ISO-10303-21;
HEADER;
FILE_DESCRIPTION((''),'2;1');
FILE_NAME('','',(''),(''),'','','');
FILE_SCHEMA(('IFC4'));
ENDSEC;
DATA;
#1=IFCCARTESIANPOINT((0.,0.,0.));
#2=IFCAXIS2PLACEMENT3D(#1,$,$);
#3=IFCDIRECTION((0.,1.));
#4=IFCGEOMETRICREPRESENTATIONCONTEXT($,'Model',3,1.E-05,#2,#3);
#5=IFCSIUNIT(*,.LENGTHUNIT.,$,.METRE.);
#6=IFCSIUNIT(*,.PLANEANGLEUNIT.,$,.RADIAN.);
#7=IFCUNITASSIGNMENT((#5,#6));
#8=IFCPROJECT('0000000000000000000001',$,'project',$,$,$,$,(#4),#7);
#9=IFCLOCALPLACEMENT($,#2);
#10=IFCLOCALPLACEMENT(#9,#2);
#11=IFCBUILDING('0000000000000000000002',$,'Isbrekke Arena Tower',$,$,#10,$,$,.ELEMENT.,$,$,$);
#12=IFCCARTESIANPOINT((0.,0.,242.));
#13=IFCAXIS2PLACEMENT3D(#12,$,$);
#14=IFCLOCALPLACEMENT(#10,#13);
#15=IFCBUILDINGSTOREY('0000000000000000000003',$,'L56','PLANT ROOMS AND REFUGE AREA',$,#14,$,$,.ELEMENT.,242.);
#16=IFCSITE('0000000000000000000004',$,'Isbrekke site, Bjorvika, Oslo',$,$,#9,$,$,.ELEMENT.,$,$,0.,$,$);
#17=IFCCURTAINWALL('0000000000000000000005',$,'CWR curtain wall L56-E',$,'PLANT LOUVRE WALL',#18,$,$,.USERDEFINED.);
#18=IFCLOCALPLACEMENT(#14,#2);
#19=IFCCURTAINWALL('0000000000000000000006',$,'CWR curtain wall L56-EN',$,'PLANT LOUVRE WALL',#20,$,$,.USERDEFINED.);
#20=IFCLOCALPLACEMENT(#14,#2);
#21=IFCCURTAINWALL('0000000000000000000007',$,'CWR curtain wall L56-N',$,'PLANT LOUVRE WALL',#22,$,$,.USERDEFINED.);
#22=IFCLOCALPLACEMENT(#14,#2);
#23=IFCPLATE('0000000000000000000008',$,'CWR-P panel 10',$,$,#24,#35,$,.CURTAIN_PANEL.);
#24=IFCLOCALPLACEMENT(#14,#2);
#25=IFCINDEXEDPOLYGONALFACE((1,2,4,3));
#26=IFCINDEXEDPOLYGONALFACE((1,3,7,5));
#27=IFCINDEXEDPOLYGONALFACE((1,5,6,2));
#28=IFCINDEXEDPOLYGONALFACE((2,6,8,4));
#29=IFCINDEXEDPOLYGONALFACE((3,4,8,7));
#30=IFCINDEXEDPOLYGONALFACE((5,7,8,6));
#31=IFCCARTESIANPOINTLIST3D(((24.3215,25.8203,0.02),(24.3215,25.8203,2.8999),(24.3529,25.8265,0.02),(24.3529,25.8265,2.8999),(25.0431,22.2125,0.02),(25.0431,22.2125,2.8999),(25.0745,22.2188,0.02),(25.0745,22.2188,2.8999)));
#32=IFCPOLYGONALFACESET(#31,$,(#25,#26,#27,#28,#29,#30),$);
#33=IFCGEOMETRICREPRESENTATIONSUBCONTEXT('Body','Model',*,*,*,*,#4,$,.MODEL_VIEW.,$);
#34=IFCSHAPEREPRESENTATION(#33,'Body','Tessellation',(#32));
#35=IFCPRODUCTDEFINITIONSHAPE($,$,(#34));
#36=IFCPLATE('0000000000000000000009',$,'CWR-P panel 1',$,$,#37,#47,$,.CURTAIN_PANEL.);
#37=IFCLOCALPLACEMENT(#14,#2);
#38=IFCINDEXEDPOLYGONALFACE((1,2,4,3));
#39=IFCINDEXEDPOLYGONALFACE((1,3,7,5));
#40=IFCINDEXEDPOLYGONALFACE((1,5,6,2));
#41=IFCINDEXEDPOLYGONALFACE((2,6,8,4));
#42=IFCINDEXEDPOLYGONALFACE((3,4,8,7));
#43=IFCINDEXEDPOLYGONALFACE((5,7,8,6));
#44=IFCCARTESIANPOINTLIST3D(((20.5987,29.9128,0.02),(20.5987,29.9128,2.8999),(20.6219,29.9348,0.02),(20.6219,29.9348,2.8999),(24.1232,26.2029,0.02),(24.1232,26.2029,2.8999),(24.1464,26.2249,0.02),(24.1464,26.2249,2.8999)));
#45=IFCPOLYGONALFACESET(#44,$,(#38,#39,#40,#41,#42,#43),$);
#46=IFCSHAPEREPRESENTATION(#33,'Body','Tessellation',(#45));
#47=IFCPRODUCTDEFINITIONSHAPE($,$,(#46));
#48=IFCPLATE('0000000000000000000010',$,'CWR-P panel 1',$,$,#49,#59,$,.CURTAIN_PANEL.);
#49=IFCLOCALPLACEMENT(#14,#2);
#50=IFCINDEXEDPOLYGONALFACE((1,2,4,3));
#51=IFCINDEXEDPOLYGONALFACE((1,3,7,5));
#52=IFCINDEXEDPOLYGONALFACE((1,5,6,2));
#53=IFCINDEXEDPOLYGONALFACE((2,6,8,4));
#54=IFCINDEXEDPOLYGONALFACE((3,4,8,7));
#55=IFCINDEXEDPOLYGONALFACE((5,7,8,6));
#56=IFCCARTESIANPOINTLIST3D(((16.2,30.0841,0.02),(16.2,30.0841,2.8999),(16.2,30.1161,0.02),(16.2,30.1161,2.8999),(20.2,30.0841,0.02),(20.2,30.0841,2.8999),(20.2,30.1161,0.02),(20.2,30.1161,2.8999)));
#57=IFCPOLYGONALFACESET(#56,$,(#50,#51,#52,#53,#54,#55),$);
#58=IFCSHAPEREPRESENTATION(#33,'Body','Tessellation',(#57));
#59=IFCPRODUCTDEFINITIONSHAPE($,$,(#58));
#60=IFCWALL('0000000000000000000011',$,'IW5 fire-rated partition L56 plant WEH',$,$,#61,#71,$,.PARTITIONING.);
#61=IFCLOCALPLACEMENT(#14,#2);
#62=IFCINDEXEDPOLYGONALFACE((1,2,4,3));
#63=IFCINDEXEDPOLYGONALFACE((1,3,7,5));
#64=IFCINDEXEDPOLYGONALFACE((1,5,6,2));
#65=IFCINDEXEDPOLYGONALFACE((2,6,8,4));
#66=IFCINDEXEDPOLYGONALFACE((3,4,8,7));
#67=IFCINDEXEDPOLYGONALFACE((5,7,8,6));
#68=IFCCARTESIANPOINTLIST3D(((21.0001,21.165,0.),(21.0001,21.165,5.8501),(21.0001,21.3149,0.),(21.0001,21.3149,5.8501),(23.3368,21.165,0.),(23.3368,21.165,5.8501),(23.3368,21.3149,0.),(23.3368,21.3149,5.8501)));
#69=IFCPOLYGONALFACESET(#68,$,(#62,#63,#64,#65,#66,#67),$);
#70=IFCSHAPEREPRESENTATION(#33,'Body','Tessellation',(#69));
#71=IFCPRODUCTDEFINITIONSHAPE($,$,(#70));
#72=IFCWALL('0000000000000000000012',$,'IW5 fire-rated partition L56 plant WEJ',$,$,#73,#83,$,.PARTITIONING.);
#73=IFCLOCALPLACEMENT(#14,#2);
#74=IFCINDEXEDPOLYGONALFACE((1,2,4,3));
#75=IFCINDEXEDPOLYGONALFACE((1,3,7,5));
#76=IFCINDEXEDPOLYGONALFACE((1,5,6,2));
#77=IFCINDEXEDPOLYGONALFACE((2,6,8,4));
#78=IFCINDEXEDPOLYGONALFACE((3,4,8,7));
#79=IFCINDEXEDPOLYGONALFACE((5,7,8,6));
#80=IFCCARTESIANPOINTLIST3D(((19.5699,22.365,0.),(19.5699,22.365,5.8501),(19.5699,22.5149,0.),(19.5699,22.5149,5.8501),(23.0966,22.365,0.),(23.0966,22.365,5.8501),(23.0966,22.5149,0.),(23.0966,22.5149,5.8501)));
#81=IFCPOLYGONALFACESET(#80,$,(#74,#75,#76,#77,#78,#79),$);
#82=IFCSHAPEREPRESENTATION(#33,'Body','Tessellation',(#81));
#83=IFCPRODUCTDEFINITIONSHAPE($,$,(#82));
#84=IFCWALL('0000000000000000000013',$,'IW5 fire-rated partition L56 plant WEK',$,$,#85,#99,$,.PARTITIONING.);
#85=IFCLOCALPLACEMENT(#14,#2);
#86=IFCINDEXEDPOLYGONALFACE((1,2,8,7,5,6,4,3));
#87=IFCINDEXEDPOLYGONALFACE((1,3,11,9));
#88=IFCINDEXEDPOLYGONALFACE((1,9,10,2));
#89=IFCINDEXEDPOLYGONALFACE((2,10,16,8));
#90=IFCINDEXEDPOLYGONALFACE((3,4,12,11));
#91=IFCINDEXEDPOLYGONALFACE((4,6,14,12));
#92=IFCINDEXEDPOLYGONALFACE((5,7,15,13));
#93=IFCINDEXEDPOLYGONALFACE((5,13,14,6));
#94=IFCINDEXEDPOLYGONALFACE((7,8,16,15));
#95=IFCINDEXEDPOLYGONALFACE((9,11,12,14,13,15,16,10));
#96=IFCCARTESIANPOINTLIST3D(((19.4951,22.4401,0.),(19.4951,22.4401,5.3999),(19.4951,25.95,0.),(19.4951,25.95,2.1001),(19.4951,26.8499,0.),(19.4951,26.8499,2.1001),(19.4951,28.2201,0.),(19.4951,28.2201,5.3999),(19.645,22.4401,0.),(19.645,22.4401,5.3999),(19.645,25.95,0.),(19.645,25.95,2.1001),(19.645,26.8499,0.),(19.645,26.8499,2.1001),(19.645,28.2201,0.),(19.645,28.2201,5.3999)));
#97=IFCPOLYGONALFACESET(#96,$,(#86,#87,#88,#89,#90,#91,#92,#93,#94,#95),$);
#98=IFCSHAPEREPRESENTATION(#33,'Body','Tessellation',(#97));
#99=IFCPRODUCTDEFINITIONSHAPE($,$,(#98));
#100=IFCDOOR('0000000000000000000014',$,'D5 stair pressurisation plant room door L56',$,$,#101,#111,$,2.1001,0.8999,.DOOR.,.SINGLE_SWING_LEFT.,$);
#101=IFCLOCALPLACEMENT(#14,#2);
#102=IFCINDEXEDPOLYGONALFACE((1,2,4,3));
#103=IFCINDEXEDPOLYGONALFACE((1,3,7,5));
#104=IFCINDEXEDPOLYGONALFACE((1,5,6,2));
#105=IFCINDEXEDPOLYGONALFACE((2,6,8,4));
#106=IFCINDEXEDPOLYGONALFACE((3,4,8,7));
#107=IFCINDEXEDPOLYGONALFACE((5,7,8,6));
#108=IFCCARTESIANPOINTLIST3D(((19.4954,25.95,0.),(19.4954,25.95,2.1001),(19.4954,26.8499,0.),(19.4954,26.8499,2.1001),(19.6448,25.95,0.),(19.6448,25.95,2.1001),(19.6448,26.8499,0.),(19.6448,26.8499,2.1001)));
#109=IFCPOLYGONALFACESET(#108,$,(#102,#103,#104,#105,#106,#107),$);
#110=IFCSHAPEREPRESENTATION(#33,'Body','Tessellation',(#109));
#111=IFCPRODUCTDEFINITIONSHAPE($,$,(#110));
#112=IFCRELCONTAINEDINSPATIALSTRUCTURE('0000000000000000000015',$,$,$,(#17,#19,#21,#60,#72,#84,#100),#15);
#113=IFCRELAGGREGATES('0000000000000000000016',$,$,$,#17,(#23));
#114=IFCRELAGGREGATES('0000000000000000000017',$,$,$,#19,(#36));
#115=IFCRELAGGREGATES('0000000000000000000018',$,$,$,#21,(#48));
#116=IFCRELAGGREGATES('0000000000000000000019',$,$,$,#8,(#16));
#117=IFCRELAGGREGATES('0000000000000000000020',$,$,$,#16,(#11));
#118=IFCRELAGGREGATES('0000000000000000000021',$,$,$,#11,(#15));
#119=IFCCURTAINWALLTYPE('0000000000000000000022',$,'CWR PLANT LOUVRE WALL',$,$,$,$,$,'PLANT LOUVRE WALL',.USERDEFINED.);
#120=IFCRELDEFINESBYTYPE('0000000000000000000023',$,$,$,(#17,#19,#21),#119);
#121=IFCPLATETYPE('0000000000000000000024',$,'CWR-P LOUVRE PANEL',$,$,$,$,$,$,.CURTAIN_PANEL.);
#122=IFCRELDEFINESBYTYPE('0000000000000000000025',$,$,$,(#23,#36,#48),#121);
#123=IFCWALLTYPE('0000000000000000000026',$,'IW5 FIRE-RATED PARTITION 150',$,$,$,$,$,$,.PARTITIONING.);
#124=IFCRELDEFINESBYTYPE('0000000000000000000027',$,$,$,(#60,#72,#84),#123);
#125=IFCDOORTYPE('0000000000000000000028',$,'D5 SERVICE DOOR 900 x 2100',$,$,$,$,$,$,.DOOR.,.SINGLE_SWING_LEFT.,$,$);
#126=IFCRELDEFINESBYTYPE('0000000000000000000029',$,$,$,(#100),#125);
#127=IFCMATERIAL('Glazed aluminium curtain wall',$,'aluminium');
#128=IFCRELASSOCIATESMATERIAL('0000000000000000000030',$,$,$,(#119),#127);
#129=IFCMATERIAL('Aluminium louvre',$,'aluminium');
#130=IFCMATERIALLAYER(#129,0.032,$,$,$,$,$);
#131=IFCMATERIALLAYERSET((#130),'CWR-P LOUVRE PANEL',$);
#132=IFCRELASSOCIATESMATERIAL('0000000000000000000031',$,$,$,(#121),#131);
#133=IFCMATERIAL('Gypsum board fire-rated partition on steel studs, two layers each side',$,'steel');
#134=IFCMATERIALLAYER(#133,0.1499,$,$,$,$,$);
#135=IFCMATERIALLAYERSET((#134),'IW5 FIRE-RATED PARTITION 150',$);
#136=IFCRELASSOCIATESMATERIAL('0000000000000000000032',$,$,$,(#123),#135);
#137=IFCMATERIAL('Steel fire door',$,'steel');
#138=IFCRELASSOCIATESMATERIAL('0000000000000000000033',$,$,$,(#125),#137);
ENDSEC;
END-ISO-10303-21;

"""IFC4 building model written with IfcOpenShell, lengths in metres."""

from ifc_helpers import new_model, si_unit, direction, frame, frame_2d, origin, origin_2d, place, context, subcontext, project, spatial, rectangle, extrude, material, layer, layer_set, type_object, element, fill, aggregate, save


model = new_model("IFC4")

# Units and contexts
model_context = context("Model", 3, precision=1e-05, world=origin(), true_north=direction((0.0, 1.0)))
body_context = subcontext(model_context, "Body", "Model", "MODEL_VIEW")
ifc_project = project(units=[si_unit("LENGTHUNIT", "METRE"), si_unit("PLANEANGLEUNIT", "RADIAN")], contexts=[model_context])

# Site, building, storey
site_placement = place(None, origin())
site = spatial("IfcSite", under=ifc_project, at=site_placement, Name="Isbrekke site, Bjorvika, Oslo", CompositionType="ELEMENT", RefElevation=0.0)
building_placement = place(site_placement, origin())
building = spatial("IfcBuilding", under=site, at=building_placement, Name="Isbrekke Arena Tower", CompositionType="ELEMENT")
storey_placement = place(building_placement, frame((0.0, 0.0, 242.0)))
storey = spatial("IfcBuildingStorey", under=building, at=storey_placement, Name="L56", Description="PLANT ROOMS AND REFUGE AREA", CompositionType="ELEMENT", Elevation=242.0)

# Curtain wall
ifc_material_1 = material(Name="Glazed aluminium curtain wall", Category="aluminium")
curtain_wall_type = type_object("IfcCurtainWallType", Name="CWR PLANT LOUVRE WALL", ElementType="PLANT LOUVRE WALL", PredefinedType="USERDEFINED", material=ifc_material_1)
curtain_wall_1_placement = place(storey_placement, origin())
curtain_wall_1 = element("IfcCurtainWall", 1, at=curtain_wall_1_placement, inside=storey, type_object=curtain_wall_type, Name="CWR curtain wall L56-E", ObjectType="PLANT LOUVRE WALL", PredefinedType="USERDEFINED")

# Curtain walls
curtain_wall_2_placement = place(storey_placement, origin())
curtain_wall_2 = element("IfcCurtainWall", 2, at=curtain_wall_2_placement, inside=storey, type_object=curtain_wall_type, Name="CWR curtain wall L56-EN", ObjectType="PLANT LOUVRE WALL", PredefinedType="USERDEFINED")
curtain_wall_3_placement = place(storey_placement, origin())
curtain_wall_3 = element("IfcCurtainWall", 3, at=curtain_wall_3_placement, inside=storey, type_object=curtain_wall_type, Name="CWR curtain wall L56-N", ObjectType="PLANT LOUVRE WALL", PredefinedType="USERDEFINED")

# Plates
ifc_material_2 = material(Name="Aluminium louvre", Category="aluminium")
ifc_layer_1 = layer(ifc_material_2, 0.032)
ifc_layer_set_1 = layer_set([ifc_layer_1], Name="CWR-P LOUVRE PANEL")
plate_type = type_object("IfcPlateType", Name="CWR-P LOUVRE PANEL", PredefinedType="CURTAIN_PANEL", material=ifc_layer_set_1)
plate_1_placement = place(storey_placement, frame((24.698, 24.0195, 0.02), z_axis=(0.0, 0.0, 1.0), x_axis=(-0.196116, 0.980581, 0.0)))
plate_1 = element("IfcPlate", 4, at=plate_1_placement, type_object=plate_type, Name="CWR-P panel 10", PredefinedType="CURTAIN_PANEL", context=body_context, shape_type="SweptSolid", body=[
    extrude(rectangle(XDim=3.6792, YDim=0.032, at=origin_2d()), origin(), (0.0, 0.0, 1.0), 2.8799),
])
aggregate(curtain_wall_1, [plate_1])
plate_2_placement = place(storey_placement, frame((22.3726, 28.0688, 0.02), z_axis=(0.0, 0.0, 1.0), x_axis=(-0.688749, 0.724999, 0.0)))
plate_2 = element("IfcPlate", 5, at=plate_2_placement, type_object=plate_type, Name="CWR-P panel 1", PredefinedType="CURTAIN_PANEL", context=body_context, shape_type="SweptSolid", body=[
    extrude(rectangle(XDim=5.1172, YDim=0.032, at=origin_2d()), origin(), (0.0, 0.0, 1.0), 2.8799),
])
aggregate(curtain_wall_2, [plate_2])
plate_3_placement = place(storey_placement, frame((18.2, 30.1001, 0.02), z_axis=(0.0, 0.0, 1.0), x_axis=(-1.0, 0.0, 0.0)))
plate_3 = element("IfcPlate", 6, at=plate_3_placement, type_object=plate_type, Name="CWR-P panel 1", PredefinedType="CURTAIN_PANEL", context=body_context, shape_type="SweptSolid", body=[
    extrude(rectangle(XDim=4.0, YDim=0.032, at=origin_2d()), origin(), (0.0, 0.0, 1.0), 2.8799),
])
aggregate(curtain_wall_3, [plate_3])

# Walls
ifc_material_3 = material(Name="Gypsum board fire-rated partition on steel studs, two layers each side", Category="steel")
ifc_layer_2 = layer(ifc_material_3, 0.1499)
ifc_layer_set_2 = layer_set([ifc_layer_2], Name="IW5 FIRE-RATED PARTITION 150")
wall_type = type_object("IfcWallType", Name="IW5 FIRE-RATED PARTITION 150", PredefinedType="PARTITIONING", material=ifc_layer_set_2)
wall_1_placement = place(storey_placement, frame((21.0, 21.24, 0.0), z_axis=(0.0, 0.0, 1.0), x_axis=(1.0, 0.0, 0.0)))
element("IfcWall", 7, at=wall_1_placement, inside=storey, type_object=wall_type, Name="IW5 fire-rated partition L56 plant WEH", PredefinedType="PARTITIONING", context=body_context, shape_type="SweptSolid", body=[
    extrude(rectangle(XDim=2.3367, YDim=0.1499, at=frame_2d((1.1685, 0.0))), origin(), (0.0, 0.0, 1.0), 5.8501),
])
wall_2_placement = place(storey_placement, frame((19.5701, 22.4399, 0.0), z_axis=(0.0, 0.0, 1.0), x_axis=(1.0, 0.0, 0.0)))
element("IfcWall", 8, at=wall_2_placement, inside=storey, type_object=wall_type, Name="IW5 fire-rated partition L56 plant WEJ", PredefinedType="PARTITIONING", context=body_context, shape_type="SweptSolid", body=[
    extrude(rectangle(XDim=3.5266, YDim=0.1499, at=frame_2d((1.7632, 0.0))), origin(), (0.0, 0.0, 1.0), 5.8501),
])

# Wall, opening, door
wall_3_placement = place(storey_placement, frame((19.5701, 22.4399, 0.0), z_axis=(0.0, 0.0, 1.0), x_axis=(0.0, 1.0, 0.0)))
wall_3 = element("IfcWall", 9, at=wall_3_placement, inside=storey, type_object=wall_type, Name="IW5 fire-rated partition L56 plant WEK", PredefinedType="PARTITIONING", context=body_context, shape_type="SweptSolid", body=[
    extrude(rectangle(XDim=5.78, YDim=0.1499, at=frame_2d((2.8901, 0.0))), origin(), (0.0, 0.0, 1.0), 5.3999),
])
opening_placement = place(wall_3_placement, frame((3.51, 0.0, 0.0)))
opening = element("IfcOpeningElement", 10, at=opening_placement, cuts=wall_3, PredefinedType="OPENING", context=body_context, shape_type="SweptSolid", body=[
    extrude(rectangle(XDim=0.8999, YDim=2.1001, at=frame_2d((0.45, 1.05))), frame((0.0, 0.0898, 0.0), z_axis=(0.0, -1.0, 0.0), x_axis=(1.0, 0.0, 0.0)), (0.0, 0.0, 1.0), 0.1797),
])
ifc_material_4 = material(Name="Steel fire door", Category="steel")
door_type = type_object("IfcDoorType", Name="D5 SERVICE DOOR 900 x 2100", OperationType="SINGLE_SWING_LEFT", PredefinedType="DOOR", material=ifc_material_4)
door_placement = place(opening_placement, origin())
door = element("IfcDoor", 11, at=door_placement, inside=storey, type_object=door_type, Name="D5 stair pressurisation plant room door L56", OperationType="SINGLE_SWING_LEFT", OverallHeight=2.1001, OverallWidth=0.8999, PredefinedType="DOOR", context=body_context, shape_type="SweptSolid", body=[
    extrude(rectangle(XDim=0.8999, YDim=2.1001, at=frame_2d((0.45, 1.05))), frame((0.0, 0.0747, 0.0), z_axis=(0.0, -1.0, 0.0), x_axis=(1.0, 0.0, 0.0)), (0.0, 0.0, 1.0), 0.1494),
])
fill(opening, door)

save(model, "model.ifc")
